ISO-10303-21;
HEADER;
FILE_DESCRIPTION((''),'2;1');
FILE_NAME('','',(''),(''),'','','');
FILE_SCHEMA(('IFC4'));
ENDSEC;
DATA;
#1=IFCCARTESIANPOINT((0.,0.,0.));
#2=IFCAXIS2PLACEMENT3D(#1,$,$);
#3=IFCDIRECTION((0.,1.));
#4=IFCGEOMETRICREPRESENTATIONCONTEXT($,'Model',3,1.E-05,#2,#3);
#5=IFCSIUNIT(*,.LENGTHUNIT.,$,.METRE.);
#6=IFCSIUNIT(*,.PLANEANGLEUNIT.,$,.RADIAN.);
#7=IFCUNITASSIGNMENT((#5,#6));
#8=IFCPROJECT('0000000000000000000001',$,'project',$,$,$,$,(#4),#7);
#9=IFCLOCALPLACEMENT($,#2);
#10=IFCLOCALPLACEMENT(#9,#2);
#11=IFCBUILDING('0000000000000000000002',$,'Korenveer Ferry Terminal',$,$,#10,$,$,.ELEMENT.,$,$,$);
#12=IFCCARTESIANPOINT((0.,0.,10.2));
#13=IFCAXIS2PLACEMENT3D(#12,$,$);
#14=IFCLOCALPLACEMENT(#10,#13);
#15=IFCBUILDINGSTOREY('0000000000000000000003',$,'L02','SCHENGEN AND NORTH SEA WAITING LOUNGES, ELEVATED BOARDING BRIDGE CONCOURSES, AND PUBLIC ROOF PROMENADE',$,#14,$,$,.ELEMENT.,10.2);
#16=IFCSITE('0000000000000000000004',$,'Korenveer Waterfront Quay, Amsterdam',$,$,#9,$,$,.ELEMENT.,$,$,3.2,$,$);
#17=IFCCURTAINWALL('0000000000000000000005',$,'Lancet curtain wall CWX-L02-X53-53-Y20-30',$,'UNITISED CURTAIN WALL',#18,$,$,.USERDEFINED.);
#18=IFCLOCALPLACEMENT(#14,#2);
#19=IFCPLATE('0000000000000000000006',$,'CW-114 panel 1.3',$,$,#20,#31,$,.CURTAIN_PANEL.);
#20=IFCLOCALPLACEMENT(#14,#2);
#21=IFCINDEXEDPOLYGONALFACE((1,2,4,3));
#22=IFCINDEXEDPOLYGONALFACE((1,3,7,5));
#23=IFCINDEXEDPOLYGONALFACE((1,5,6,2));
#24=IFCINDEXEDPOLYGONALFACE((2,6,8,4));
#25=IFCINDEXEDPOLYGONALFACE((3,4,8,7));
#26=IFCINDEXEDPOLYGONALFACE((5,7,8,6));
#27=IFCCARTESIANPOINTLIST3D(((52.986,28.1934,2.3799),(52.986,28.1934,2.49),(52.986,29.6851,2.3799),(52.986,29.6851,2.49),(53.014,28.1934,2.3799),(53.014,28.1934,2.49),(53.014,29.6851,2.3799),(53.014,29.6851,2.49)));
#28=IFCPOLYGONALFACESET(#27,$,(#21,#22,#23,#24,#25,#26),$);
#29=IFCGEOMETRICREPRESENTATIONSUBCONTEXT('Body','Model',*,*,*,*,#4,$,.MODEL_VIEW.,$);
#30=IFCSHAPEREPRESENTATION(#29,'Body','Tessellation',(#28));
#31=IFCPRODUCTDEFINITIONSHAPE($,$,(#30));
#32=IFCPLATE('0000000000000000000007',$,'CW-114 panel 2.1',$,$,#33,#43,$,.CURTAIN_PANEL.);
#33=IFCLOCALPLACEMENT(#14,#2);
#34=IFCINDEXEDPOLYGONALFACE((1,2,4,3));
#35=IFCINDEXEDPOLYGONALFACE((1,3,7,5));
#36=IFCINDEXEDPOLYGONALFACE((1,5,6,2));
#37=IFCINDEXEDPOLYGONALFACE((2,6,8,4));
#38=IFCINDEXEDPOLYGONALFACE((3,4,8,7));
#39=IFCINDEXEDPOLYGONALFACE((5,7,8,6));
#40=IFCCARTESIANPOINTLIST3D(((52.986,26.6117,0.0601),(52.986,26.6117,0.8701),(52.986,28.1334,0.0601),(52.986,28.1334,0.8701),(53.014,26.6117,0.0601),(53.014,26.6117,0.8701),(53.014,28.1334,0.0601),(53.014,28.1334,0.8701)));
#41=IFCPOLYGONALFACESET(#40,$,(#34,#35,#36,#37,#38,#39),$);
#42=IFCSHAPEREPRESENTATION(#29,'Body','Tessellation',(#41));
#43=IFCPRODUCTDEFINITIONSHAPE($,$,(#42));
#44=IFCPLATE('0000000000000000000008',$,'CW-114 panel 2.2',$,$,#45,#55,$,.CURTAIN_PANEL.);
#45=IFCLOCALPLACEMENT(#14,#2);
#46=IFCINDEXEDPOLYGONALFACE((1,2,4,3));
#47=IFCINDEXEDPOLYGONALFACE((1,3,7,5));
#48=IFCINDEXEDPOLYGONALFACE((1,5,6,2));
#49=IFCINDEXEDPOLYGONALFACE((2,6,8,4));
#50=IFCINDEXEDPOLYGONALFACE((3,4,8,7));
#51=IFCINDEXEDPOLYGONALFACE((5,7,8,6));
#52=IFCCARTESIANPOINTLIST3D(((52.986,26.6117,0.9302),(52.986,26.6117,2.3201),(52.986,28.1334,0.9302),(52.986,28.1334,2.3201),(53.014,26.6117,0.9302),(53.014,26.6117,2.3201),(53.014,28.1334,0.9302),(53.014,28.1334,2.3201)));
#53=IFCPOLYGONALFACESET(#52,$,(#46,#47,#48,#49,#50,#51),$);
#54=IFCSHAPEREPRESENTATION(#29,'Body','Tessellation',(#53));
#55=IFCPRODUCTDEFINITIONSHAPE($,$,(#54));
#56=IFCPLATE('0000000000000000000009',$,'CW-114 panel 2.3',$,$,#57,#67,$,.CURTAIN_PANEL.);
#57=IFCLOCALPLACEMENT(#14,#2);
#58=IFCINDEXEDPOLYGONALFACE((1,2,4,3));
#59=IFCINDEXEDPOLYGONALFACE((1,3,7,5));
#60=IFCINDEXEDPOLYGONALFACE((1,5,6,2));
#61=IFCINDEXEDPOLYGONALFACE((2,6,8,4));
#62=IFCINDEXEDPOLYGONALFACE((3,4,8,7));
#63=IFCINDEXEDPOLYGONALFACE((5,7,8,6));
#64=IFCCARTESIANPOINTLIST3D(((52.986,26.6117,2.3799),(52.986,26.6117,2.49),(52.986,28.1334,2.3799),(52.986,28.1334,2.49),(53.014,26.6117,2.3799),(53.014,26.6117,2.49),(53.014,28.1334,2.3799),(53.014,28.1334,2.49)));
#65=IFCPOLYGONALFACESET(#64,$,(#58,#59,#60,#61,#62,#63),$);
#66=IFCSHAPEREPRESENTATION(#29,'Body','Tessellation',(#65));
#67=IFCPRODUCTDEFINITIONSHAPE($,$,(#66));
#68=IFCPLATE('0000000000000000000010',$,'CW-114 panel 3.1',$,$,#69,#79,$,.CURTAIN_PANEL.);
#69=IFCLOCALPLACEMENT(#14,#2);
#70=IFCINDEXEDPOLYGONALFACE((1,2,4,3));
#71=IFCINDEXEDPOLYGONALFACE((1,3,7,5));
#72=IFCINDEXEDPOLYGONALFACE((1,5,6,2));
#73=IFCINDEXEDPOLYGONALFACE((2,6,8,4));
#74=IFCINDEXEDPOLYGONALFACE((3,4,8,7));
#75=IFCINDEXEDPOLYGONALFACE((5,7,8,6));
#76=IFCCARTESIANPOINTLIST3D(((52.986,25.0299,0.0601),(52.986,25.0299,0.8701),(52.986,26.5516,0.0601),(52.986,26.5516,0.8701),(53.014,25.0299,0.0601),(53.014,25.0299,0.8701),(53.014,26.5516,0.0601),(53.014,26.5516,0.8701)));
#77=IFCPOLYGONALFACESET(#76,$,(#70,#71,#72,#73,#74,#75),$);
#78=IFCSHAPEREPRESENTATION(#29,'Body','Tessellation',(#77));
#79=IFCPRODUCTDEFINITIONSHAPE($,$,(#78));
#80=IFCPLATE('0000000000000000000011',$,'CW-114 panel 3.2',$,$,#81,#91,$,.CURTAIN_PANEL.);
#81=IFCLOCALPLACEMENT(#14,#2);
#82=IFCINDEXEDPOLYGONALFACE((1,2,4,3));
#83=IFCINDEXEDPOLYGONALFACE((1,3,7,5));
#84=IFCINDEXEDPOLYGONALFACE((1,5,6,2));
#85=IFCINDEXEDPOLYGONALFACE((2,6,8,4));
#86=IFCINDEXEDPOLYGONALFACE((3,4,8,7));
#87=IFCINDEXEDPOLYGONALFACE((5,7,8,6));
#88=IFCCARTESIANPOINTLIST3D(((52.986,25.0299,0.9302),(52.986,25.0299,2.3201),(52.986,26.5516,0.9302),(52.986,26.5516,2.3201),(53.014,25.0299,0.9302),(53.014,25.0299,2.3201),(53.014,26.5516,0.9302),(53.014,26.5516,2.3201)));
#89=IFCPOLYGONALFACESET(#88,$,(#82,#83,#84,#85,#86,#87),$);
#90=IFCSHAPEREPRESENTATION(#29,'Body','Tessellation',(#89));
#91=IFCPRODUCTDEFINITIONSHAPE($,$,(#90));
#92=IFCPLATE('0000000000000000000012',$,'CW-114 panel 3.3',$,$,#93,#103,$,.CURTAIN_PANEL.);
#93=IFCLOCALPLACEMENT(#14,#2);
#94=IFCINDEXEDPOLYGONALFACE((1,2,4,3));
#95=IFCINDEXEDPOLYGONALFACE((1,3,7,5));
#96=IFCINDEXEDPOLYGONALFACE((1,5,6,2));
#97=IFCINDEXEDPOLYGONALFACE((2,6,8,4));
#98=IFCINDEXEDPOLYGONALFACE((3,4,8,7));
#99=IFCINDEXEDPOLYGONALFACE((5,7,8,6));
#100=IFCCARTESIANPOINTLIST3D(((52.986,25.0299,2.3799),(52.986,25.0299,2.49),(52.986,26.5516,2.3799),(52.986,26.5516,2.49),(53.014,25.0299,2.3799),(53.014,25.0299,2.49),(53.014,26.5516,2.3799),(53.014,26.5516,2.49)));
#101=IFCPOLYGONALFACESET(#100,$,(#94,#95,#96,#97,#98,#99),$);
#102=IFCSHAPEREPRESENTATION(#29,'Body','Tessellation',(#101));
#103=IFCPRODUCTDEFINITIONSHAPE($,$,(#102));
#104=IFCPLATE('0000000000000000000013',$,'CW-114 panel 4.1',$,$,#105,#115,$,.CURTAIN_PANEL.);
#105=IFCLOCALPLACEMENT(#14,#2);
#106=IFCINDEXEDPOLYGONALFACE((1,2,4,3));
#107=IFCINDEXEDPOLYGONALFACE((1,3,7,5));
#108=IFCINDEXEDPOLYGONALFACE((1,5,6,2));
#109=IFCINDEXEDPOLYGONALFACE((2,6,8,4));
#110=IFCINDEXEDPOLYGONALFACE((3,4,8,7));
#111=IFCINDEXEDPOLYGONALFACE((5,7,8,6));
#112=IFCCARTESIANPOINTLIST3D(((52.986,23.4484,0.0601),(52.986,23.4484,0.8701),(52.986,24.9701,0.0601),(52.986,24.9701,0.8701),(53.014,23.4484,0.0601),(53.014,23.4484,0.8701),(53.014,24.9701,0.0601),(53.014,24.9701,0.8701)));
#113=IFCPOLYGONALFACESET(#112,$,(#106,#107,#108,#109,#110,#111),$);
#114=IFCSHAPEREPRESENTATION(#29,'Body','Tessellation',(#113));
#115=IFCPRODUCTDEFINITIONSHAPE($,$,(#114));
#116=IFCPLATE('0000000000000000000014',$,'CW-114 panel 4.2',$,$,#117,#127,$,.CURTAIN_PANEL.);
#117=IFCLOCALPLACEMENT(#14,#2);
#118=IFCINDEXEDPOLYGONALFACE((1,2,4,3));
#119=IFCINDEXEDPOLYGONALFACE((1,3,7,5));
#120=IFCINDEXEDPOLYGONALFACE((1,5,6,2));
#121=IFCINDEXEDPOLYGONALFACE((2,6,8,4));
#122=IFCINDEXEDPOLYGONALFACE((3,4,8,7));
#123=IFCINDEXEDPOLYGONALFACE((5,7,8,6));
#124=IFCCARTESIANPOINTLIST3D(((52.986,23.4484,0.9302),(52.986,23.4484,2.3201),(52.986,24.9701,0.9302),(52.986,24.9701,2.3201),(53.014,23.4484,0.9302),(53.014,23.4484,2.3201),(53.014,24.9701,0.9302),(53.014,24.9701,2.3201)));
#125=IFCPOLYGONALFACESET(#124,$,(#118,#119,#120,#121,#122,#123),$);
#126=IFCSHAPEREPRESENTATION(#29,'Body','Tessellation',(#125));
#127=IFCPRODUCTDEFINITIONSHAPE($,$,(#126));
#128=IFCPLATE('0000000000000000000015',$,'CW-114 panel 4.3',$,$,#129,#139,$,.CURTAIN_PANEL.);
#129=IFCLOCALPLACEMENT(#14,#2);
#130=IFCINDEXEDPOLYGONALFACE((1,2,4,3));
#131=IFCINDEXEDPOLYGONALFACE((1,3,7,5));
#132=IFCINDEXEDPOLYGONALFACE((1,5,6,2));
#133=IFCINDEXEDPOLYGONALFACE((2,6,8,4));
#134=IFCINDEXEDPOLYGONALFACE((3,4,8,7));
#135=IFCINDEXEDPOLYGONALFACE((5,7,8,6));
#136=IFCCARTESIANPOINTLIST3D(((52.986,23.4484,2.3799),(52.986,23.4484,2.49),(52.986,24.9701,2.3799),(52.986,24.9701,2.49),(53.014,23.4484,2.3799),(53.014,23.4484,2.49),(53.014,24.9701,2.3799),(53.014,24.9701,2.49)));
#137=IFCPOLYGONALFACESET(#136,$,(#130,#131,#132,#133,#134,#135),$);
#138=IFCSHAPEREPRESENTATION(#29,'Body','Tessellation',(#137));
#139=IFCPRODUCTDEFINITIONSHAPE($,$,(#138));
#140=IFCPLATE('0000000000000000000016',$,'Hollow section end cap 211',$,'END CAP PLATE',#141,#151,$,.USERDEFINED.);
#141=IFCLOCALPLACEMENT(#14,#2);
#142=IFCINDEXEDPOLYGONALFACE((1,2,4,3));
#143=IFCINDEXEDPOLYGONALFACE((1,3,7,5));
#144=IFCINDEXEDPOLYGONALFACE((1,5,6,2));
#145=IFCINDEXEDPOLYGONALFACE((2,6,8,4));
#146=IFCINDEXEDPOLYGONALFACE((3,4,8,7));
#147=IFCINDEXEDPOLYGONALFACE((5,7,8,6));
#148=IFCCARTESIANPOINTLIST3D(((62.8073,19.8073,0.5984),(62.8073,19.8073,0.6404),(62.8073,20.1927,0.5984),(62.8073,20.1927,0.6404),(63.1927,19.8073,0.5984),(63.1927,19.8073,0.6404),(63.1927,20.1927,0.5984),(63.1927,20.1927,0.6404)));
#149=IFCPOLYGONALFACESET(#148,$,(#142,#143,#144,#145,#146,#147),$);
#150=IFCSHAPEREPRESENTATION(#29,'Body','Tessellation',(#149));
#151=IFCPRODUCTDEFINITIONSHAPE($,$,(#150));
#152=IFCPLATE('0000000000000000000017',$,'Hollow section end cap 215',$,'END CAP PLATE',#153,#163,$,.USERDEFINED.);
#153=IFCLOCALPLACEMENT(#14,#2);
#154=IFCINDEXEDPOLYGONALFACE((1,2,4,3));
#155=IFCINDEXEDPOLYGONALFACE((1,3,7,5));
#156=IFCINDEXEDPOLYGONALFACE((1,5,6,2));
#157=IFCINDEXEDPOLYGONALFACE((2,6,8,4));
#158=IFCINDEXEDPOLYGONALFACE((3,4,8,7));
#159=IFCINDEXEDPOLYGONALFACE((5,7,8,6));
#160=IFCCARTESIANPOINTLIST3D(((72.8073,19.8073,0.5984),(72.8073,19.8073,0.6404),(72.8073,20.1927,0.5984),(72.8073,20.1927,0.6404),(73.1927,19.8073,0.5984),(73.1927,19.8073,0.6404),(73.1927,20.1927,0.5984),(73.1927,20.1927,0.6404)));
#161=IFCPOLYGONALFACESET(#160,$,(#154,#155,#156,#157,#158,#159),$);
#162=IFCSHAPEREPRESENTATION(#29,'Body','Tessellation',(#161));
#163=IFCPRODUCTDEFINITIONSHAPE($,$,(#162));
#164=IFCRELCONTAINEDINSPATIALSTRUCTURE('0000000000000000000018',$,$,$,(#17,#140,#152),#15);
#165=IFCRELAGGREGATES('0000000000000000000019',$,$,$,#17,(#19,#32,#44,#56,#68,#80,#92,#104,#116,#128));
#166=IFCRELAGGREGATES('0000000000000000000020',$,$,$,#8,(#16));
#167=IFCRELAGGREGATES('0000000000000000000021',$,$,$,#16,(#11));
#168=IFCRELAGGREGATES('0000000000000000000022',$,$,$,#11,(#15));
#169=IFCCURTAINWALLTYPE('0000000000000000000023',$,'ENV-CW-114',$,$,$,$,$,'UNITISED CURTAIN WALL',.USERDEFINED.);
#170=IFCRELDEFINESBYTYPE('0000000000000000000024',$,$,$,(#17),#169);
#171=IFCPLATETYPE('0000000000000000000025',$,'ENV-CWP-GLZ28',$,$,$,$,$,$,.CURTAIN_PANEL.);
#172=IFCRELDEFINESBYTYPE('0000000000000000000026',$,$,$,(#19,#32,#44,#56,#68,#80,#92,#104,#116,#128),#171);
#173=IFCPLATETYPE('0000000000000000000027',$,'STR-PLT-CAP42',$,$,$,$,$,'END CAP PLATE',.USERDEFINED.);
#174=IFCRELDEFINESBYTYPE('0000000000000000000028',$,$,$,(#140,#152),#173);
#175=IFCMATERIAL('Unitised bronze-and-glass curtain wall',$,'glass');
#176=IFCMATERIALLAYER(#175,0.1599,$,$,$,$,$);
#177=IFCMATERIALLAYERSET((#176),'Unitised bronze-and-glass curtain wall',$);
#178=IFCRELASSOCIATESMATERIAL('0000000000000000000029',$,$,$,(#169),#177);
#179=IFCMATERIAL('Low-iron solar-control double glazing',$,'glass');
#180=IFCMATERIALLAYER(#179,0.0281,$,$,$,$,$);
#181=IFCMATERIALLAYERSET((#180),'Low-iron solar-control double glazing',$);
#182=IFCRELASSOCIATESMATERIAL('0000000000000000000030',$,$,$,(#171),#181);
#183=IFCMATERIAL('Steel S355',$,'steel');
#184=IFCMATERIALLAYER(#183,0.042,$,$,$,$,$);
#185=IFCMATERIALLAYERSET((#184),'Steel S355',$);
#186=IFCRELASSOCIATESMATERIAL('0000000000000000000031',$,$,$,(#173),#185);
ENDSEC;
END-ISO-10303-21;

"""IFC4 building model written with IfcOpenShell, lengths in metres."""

from ifc_helpers import new_model, si_unit, direction, frame, origin, origin_2d, place, context, subcontext, project, spatial, rectangle, extrude, material, layer, layer_set, type_object, element, aggregate, save


model = new_model("IFC4")

# Units and contexts
model_context = context("Model", 3, precision=1e-05, world=origin(), true_north=direction((0.0, 1.0)))
body_context = subcontext(model_context, "Body", "Model", "MODEL_VIEW")
ifc_project = project(units=[si_unit("LENGTHUNIT", "METRE"), si_unit("PLANEANGLEUNIT", "RADIAN")], contexts=[model_context])

# Site, building, storey
site_placement = place(None, origin())
site = spatial("IfcSite", under=ifc_project, at=site_placement, Name="Korenveer Waterfront Quay, Amsterdam", CompositionType="ELEMENT", RefElevation=3.2)
building_placement = place(site_placement, origin())
building = spatial("IfcBuilding", under=site, at=building_placement, Name="Korenveer Ferry Terminal", CompositionType="ELEMENT")
storey_placement = place(building_placement, frame((0.0, 0.0, 10.2)))
storey = spatial("IfcBuildingStorey", under=building, at=storey_placement, Name="L02", Description="SCHENGEN AND NORTH SEA WAITING LOUNGES, ELEVATED BOARDING BRIDGE CONCOURSES, AND PUBLIC ROOF PROMENADE", CompositionType="ELEMENT", Elevation=10.2)

# Shared definitions
ifc_material_1 = material(Name="Steel S355", Category="steel")

# Curtain wall, plates
ifc_material_2 = material(Name="Unitised bronze-and-glass curtain wall", Category="glass")
ifc_layer_1 = layer(ifc_material_2, 0.1599)
ifc_layer_set_1 = layer_set([ifc_layer_1], Name="Unitised bronze-and-glass curtain wall")
curtain_wall_type = type_object("IfcCurtainWallType", Name="ENV-CW-114", ElementType="UNITISED CURTAIN WALL", PredefinedType="USERDEFINED", material=ifc_layer_set_1)
curtain_wall_placement = place(storey_placement, frame((53.0, 29.7451, 0.0)))
curtain_wall = element("IfcCurtainWall", 1, at=curtain_wall_placement, inside=storey, type_object=curtain_wall_type, Name="Lancet curtain wall CWX-L02-X53-53-Y20-30", ObjectType="UNITISED CURTAIN WALL", PredefinedType="USERDEFINED")
ifc_material_3 = material(Name="Low-iron solar-control double glazing", Category="glass")
ifc_layer_2 = layer(ifc_material_3, 0.0281)
ifc_layer_set_2 = layer_set([ifc_layer_2], Name="Low-iron solar-control double glazing")
plate_type_1 = type_object("IfcPlateType", Name="ENV-CWP-GLZ28", PredefinedType="CURTAIN_PANEL", material=ifc_layer_set_2)
plate_1_placement = place(storey_placement, frame((53.0, 28.9392, 2.3799), z_axis=(0.0, 0.0, 1.0), x_axis=(0.0, -1.0, 0.0)))
plate_1 = element("IfcPlate", 2, at=plate_1_placement, type_object=plate_type_1, Name="CW-114 panel 1.3", PredefinedType="CURTAIN_PANEL", context=body_context, shape_type="SweptSolid", body=[
    extrude(rectangle(XDim=1.4917, YDim=0.0281, at=origin_2d()), origin(), (0.0, 0.0, 1.0), 0.1101),
])
plate_2_placement = place(storey_placement, frame((53.0, 27.3726, 0.0601), z_axis=(0.0, 0.0, 1.0), x_axis=(0.0, -1.0, 0.0)))
plate_2 = element("IfcPlate", 3, at=plate_2_placement, type_object=plate_type_1, Name="CW-114 panel 2.1", PredefinedType="CURTAIN_PANEL", context=body_context, shape_type="SweptSolid", body=[
    extrude(rectangle(XDim=1.5217, YDim=0.0281, at=origin_2d()), origin(), (0.0, 0.0, 1.0), 0.8101),
])
plate_3_placement = place(storey_placement, frame((53.0, 27.3726, 0.9302), z_axis=(0.0, 0.0, 1.0), x_axis=(0.0, -1.0, 0.0)))
plate_3 = element("IfcPlate", 4, at=plate_3_placement, type_object=plate_type_1, Name="CW-114 panel 2.2", PredefinedType="CURTAIN_PANEL", context=body_context, shape_type="SweptSolid", body=[
    extrude(rectangle(XDim=1.5217, YDim=0.0281, at=origin_2d()), origin(), (0.0, 0.0, 1.0), 1.3899),
])
plate_4_placement = place(storey_placement, frame((53.0, 27.3726, 2.3799), z_axis=(0.0, 0.0, 1.0), x_axis=(0.0, -1.0, 0.0)))
plate_4 = element("IfcPlate", 5, at=plate_4_placement, type_object=plate_type_1, Name="CW-114 panel 2.3", PredefinedType="CURTAIN_PANEL", context=body_context, shape_type="SweptSolid", body=[
    extrude(rectangle(XDim=1.5217, YDim=0.0281, at=origin_2d()), origin(), (0.0, 0.0, 1.0), 0.1101),
])
plate_5_placement = place(storey_placement, frame((53.0, 25.7908, 0.0601), z_axis=(0.0, 0.0, 1.0), x_axis=(0.0, -1.0, 0.0)))
plate_5 = element("IfcPlate", 6, at=plate_5_placement, type_object=plate_type_1, Name="CW-114 panel 3.1", PredefinedType="CURTAIN_PANEL", context=body_context, shape_type="SweptSolid", body=[
    extrude(rectangle(XDim=1.5217, YDim=0.0281, at=origin_2d()), origin(), (0.0, 0.0, 1.0), 0.8101),
])
plate_6_placement = place(storey_placement, frame((53.0, 25.7908, 0.9302), z_axis=(0.0, 0.0, 1.0), x_axis=(0.0, -1.0, 0.0)))
plate_6 = element("IfcPlate", 7, at=plate_6_placement, type_object=plate_type_1, Name="CW-114 panel 3.2", PredefinedType="CURTAIN_PANEL", context=body_context, shape_type="SweptSolid", body=[
    extrude(rectangle(XDim=1.5217, YDim=0.0281, at=origin_2d()), origin(), (0.0, 0.0, 1.0), 1.3899),
])
plate_7_placement = place(storey_placement, frame((53.0, 25.7908, 2.3799), z_axis=(0.0, 0.0, 1.0), x_axis=(0.0, -1.0, 0.0)))
plate_7 = element("IfcPlate", 8, at=plate_7_placement, type_object=plate_type_1, Name="CW-114 panel 3.3", PredefinedType="CURTAIN_PANEL", context=body_context, shape_type="SweptSolid", body=[
    extrude(rectangle(XDim=1.5217, YDim=0.0281, at=origin_2d()), origin(), (0.0, 0.0, 1.0), 0.1101),
])
plate_8_placement = place(storey_placement, frame((53.0, 24.2092, 0.0601), z_axis=(0.0, 0.0, 1.0), x_axis=(0.0, -1.0, 0.0)))
plate_8 = element("IfcPlate", 9, at=plate_8_placement, type_object=plate_type_1, Name="CW-114 panel 4.1", PredefinedType="CURTAIN_PANEL", context=body_context, shape_type="SweptSolid", body=[
    extrude(rectangle(XDim=1.5217, YDim=0.0281, at=origin_2d()), origin(), (0.0, 0.0, 1.0), 0.8101),
])
plate_9_placement = place(storey_placement, frame((53.0, 24.2092, 0.9302), z_axis=(0.0, 0.0, 1.0), x_axis=(0.0, -1.0, 0.0)))
plate_9 = element("IfcPlate", 10, at=plate_9_placement, type_object=plate_type_1, Name="CW-114 panel 4.2", PredefinedType="CURTAIN_PANEL", context=body_context, shape_type="SweptSolid", body=[
    extrude(rectangle(XDim=1.5217, YDim=0.0281, at=origin_2d()), origin(), (0.0, 0.0, 1.0), 1.3899),
])
plate_10_placement = place(storey_placement, frame((53.0, 24.2092, 2.3799), z_axis=(0.0, 0.0, 1.0), x_axis=(0.0, -1.0, 0.0)))
plate_10 = element("IfcPlate", 11, at=plate_10_placement, type_object=plate_type_1, Name="CW-114 panel 4.3", PredefinedType="CURTAIN_PANEL", context=body_context, shape_type="SweptSolid", body=[
    extrude(rectangle(XDim=1.5217, YDim=0.0281, at=origin_2d()), origin(), (0.0, 0.0, 1.0), 0.1101),
])
aggregate(curtain_wall, [plate_1, plate_2, plate_3, plate_4, plate_5, plate_6, plate_7, plate_8, plate_9, plate_10])

# Plates
ifc_layer_3 = layer(ifc_material_1, 0.042)
ifc_layer_set_3 = layer_set([ifc_layer_3], Name="Steel S355")
plate_type_2 = type_object("IfcPlateType", Name="STR-PLT-CAP42", ElementType="END CAP PLATE", PredefinedType="USERDEFINED", material=ifc_layer_set_3)
for number, where, z_axis, x_axis, name in (
    (12, (63.0, 20.0, 0.5984), (0.0, 0.0, 1.0), (1.0, 0.0, 0.0), "Hollow section end cap 211"),
    (13, (73.0, 20.0, 0.5984), (0.0, 0.0, 1.0), (1.0, 0.0, 0.0), "Hollow section end cap 215"),
):
    element("IfcPlate", number, at=place(storey_placement, frame(where, z_axis=z_axis, x_axis=x_axis)), inside=storey, type_object=plate_type_2, Name=name, ObjectType="END CAP PLATE", PredefinedType="USERDEFINED", context=body_context, shape_type="SweptSolid", body=[
        extrude(rectangle(XDim=0.3855, YDim=0.3855, at=origin_2d()), origin(), (0.0, 0.0, 1.0), 0.042),
    ])

save(model, "model.ifc")
